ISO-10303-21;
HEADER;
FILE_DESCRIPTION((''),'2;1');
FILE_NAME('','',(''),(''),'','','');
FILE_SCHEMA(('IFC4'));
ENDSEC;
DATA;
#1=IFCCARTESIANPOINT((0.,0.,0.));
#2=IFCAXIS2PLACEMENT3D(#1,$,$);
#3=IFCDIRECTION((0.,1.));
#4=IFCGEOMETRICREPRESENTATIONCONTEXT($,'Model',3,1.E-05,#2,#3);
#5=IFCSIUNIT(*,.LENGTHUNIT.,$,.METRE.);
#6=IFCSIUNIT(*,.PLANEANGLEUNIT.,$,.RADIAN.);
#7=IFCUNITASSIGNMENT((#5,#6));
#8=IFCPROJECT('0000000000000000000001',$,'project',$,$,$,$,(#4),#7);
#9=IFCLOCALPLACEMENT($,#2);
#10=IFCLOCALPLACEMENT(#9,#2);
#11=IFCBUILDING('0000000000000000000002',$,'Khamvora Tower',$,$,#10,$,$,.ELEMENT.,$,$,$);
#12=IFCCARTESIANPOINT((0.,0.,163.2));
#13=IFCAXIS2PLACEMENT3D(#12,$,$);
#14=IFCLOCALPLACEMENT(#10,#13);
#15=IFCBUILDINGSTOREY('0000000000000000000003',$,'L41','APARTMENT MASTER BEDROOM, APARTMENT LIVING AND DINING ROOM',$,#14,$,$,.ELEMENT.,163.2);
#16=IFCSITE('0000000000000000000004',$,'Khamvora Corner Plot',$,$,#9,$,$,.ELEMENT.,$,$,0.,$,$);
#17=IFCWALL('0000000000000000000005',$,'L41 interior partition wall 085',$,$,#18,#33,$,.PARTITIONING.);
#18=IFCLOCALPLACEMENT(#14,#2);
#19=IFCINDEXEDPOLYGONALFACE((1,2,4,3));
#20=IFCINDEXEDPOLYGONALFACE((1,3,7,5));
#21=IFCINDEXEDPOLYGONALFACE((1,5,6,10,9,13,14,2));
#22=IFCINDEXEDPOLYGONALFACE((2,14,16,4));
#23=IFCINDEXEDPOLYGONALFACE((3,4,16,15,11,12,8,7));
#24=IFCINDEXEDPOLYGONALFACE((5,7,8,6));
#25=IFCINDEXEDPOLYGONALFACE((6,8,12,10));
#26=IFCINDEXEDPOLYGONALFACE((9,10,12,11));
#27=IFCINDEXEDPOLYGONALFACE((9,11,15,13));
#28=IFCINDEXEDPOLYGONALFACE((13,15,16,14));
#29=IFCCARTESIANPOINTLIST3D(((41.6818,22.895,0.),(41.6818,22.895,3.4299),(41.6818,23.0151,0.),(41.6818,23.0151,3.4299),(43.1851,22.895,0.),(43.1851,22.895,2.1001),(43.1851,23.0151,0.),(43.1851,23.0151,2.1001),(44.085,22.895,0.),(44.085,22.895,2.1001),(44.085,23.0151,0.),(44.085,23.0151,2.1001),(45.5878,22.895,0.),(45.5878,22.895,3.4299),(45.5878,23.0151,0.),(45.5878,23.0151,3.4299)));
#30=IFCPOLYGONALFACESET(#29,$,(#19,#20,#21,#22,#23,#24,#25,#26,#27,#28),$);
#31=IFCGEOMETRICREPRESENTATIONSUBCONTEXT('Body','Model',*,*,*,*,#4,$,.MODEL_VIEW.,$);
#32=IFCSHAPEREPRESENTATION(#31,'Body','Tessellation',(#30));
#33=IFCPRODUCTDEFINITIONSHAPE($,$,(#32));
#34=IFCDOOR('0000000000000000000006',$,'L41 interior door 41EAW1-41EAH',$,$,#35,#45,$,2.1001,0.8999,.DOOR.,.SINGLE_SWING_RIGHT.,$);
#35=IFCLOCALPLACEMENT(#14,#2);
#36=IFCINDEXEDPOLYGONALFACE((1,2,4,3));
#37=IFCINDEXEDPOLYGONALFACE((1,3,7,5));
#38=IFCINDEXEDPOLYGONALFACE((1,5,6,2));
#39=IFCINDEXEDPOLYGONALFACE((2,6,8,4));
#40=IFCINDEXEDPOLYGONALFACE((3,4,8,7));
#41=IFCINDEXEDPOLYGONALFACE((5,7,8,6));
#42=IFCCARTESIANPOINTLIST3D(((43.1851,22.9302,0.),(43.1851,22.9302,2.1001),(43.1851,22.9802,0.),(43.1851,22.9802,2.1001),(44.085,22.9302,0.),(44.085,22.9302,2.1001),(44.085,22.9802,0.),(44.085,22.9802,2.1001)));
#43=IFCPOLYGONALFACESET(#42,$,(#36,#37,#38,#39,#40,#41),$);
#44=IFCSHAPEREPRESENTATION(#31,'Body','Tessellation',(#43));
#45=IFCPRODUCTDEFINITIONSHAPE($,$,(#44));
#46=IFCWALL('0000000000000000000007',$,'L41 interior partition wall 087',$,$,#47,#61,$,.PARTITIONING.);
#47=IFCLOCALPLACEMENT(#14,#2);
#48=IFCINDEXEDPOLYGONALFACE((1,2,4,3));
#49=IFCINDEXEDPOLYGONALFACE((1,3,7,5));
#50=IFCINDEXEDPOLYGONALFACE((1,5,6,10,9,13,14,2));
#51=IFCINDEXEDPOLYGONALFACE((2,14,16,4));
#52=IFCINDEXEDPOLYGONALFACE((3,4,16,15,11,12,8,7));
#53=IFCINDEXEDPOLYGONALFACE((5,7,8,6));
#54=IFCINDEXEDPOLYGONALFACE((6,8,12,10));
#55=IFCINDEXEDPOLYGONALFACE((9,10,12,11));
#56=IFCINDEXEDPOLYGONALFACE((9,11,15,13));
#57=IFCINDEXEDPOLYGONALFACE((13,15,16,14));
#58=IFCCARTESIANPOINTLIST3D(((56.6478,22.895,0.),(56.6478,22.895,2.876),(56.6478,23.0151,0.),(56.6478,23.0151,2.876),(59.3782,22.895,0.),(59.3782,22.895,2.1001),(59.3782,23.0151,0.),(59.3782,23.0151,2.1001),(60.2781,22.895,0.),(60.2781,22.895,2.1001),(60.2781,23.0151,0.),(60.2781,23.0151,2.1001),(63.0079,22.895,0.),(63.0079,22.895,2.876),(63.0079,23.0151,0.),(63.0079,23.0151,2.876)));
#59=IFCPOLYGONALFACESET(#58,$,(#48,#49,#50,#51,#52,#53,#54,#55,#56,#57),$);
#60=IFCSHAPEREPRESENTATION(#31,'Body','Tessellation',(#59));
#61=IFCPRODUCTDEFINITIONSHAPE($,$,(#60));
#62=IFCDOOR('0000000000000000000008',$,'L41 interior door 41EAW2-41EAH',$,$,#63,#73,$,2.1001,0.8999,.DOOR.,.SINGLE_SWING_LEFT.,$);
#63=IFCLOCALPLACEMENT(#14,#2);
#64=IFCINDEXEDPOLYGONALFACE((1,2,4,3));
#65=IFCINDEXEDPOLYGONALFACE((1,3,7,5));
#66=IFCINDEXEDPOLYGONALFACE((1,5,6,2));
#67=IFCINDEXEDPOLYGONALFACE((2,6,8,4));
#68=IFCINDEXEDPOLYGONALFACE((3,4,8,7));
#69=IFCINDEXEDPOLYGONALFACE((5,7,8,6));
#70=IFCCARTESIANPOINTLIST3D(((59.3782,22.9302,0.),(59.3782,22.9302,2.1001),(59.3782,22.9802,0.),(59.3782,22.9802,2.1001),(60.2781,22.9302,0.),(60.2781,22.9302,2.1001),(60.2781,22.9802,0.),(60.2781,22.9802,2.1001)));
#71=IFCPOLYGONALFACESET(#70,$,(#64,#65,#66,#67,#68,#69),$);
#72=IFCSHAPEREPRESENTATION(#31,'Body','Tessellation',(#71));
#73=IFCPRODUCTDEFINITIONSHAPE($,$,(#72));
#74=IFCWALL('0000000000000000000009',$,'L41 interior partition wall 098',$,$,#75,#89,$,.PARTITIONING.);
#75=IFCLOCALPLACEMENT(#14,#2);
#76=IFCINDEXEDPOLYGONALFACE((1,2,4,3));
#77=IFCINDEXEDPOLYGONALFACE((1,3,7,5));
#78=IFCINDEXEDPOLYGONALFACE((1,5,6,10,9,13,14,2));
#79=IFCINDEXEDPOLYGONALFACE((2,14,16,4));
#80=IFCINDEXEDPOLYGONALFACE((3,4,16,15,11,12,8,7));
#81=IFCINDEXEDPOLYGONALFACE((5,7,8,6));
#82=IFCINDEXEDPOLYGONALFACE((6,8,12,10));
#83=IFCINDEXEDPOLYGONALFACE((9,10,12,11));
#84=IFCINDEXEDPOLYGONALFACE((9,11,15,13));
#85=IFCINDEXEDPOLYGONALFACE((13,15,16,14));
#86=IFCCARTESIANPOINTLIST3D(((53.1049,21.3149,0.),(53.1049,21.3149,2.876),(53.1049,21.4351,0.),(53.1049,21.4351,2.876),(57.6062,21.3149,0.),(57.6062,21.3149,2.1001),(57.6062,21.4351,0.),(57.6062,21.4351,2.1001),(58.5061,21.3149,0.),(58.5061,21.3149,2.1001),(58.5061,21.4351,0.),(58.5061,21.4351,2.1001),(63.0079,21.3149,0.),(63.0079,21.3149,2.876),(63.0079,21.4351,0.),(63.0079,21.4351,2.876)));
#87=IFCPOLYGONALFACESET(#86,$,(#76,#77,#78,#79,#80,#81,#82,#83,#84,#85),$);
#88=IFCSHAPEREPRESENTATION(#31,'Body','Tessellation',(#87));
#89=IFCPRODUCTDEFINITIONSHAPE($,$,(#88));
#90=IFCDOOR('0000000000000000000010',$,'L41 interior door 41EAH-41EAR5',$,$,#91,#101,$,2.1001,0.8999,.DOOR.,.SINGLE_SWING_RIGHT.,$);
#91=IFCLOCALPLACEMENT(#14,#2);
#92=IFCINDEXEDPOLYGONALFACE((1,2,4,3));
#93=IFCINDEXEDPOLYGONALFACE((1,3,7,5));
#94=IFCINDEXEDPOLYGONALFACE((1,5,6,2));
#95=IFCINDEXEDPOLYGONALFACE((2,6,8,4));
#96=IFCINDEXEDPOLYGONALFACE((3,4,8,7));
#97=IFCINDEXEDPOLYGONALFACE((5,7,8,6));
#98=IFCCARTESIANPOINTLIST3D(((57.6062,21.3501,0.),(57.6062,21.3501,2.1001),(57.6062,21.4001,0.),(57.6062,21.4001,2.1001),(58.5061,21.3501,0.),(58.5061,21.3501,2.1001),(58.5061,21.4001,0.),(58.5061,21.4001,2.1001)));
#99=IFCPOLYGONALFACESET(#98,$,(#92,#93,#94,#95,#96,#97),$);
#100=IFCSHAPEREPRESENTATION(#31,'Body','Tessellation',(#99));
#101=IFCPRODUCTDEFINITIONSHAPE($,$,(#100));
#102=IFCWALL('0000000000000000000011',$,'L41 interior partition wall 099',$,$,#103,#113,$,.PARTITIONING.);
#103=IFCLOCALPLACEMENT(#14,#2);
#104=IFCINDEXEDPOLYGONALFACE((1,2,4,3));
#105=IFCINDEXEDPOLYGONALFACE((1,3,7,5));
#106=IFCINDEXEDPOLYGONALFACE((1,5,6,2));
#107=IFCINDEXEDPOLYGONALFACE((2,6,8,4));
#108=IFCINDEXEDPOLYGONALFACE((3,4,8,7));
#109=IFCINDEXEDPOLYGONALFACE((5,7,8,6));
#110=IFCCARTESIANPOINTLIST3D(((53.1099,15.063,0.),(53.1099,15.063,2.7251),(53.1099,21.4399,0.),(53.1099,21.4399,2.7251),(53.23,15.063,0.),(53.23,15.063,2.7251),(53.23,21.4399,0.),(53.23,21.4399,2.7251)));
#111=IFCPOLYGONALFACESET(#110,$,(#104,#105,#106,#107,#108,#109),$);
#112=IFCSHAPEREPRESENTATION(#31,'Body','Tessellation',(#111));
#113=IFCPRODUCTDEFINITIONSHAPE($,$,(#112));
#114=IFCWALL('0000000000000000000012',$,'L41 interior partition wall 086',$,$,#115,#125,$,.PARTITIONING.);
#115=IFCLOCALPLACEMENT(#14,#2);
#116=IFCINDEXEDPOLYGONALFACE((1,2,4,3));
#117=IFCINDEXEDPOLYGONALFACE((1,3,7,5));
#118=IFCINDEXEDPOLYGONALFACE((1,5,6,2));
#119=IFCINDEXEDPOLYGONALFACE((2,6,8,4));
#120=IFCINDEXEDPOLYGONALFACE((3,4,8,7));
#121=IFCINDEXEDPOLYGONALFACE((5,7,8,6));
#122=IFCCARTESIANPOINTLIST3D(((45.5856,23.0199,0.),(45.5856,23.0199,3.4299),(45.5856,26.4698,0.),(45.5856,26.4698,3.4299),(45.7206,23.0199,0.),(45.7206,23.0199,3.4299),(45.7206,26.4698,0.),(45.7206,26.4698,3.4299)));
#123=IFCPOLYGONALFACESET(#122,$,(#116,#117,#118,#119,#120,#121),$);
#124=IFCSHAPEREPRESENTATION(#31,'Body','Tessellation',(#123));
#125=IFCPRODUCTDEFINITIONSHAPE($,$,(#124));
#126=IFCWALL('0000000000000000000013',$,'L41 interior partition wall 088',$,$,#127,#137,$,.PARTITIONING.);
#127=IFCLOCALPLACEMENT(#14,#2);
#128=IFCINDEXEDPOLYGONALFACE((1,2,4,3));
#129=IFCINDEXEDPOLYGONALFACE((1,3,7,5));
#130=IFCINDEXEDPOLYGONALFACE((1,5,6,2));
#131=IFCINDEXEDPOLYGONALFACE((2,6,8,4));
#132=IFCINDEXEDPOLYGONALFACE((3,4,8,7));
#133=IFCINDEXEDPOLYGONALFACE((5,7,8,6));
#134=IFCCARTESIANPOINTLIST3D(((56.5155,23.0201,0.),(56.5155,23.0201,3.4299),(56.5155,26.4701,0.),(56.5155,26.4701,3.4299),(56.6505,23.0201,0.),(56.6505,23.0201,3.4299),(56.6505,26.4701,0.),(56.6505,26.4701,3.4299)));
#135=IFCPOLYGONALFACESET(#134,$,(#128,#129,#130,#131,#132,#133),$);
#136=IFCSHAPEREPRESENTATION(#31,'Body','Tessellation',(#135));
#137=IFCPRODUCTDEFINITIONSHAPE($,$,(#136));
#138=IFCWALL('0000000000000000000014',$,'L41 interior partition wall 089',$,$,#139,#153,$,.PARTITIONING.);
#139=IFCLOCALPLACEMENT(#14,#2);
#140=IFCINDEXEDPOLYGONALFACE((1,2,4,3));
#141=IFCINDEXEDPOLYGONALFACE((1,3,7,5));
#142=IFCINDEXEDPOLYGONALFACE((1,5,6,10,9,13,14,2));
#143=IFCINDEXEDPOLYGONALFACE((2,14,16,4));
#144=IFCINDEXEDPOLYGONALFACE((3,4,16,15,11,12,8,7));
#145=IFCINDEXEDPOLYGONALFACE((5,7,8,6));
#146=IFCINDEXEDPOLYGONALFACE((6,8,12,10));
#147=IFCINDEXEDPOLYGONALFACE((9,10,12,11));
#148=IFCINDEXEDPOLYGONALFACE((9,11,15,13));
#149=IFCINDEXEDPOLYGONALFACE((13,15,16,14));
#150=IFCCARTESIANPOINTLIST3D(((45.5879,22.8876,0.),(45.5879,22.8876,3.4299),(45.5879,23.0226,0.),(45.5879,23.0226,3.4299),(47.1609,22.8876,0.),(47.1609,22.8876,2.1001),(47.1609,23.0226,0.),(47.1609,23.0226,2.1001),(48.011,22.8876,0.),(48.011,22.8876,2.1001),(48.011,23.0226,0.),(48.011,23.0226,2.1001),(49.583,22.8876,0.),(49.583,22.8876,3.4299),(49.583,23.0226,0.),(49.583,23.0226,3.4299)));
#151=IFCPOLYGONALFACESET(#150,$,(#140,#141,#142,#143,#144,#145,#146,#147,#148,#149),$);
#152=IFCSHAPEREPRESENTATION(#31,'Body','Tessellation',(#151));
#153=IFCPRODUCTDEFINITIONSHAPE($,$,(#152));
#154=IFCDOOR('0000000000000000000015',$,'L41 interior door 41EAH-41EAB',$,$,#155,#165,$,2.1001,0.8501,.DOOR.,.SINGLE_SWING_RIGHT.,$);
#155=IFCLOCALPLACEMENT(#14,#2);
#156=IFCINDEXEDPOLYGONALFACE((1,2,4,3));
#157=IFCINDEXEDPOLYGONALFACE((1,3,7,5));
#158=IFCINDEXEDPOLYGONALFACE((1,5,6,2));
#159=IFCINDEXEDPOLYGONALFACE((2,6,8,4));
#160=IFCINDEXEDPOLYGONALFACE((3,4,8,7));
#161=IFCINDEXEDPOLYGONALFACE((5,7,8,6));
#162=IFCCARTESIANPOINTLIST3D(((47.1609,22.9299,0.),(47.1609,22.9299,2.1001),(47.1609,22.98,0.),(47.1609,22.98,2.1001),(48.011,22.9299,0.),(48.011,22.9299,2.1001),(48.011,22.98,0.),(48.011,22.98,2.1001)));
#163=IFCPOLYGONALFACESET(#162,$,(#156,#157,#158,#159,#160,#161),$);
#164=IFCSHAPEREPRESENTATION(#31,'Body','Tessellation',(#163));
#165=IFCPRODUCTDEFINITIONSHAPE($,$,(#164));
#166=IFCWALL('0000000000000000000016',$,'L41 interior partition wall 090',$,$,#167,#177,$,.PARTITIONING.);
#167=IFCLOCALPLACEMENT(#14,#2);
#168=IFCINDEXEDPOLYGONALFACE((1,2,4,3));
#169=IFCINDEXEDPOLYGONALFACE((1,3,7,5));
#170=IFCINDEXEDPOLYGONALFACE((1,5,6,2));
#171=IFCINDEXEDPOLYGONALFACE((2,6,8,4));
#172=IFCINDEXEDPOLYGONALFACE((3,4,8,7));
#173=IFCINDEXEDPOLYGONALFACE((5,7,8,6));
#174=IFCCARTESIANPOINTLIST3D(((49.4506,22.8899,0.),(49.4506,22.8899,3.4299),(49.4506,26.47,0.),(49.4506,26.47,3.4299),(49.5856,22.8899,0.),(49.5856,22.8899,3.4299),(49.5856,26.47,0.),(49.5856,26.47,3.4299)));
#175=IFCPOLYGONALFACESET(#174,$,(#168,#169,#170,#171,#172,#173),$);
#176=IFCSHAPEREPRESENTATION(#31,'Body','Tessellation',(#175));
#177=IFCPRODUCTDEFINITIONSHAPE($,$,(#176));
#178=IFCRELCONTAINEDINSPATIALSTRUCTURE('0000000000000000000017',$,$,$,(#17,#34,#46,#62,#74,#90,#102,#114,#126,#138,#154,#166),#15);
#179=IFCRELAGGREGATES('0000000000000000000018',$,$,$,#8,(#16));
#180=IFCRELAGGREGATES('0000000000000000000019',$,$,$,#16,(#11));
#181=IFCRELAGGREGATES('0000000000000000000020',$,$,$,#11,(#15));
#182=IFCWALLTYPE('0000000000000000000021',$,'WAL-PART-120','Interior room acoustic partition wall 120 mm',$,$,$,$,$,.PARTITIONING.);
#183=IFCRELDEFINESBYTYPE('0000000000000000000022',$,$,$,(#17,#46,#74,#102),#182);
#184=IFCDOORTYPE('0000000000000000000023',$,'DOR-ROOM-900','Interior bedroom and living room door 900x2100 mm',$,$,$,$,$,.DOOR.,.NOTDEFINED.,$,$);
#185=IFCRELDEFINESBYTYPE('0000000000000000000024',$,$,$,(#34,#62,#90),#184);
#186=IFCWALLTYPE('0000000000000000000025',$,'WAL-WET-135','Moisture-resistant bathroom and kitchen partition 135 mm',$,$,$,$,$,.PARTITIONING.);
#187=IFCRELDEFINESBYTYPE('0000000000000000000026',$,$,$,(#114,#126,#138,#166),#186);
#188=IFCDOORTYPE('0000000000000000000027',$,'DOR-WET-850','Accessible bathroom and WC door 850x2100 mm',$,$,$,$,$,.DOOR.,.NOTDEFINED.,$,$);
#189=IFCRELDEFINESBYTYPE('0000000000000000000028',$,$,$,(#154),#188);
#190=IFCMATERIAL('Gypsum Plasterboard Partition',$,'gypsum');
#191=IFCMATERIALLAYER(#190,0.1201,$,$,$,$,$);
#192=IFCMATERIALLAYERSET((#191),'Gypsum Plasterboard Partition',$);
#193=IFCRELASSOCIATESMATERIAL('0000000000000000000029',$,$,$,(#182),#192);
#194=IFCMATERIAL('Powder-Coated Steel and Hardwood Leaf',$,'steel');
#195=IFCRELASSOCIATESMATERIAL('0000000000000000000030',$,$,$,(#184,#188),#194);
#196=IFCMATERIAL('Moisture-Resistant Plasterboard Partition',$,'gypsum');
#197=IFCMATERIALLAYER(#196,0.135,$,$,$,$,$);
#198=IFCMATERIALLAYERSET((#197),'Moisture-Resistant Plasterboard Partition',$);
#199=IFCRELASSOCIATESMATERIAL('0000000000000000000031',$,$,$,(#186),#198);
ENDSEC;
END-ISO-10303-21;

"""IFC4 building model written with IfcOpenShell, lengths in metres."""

from ifc_helpers import new_model, si_unit, direction, frame, frame_2d, origin, place, context, subcontext, project, spatial, rectangle, extrude, material, layer, layer_set, type_object, element, fill, save


model = new_model("IFC4")

# Units and contexts
model_context = context("Model", 3, precision=1e-05, world=origin(), true_north=direction((0.0, 1.0)))
body_context = subcontext(model_context, "Body", "Model", "MODEL_VIEW")
ifc_project = project(units=[si_unit("LENGTHUNIT", "METRE"), si_unit("PLANEANGLEUNIT", "RADIAN")], contexts=[model_context])

# Site, building, storey
site_placement = place(None, origin())
site = spatial("IfcSite", under=ifc_project, at=site_placement, Name="Khamvora Corner Plot", CompositionType="ELEMENT", RefElevation=0.0)
building_placement = place(site_placement, origin())
building = spatial("IfcBuilding", under=site, at=building_placement, Name="Khamvora Tower", CompositionType="ELEMENT")
storey_placement = place(building_placement, frame((0.0, 0.0, 163.2)))
storey = spatial("IfcBuildingStorey", under=building, at=storey_placement, Name="L41", Description="APARTMENT MASTER BEDROOM, APARTMENT LIVING AND DINING ROOM", CompositionType="ELEMENT", Elevation=163.2)

# Shared definitions
ifc_material_1 = material(Name="Powder-Coated Steel and Hardwood Leaf", Category="steel")

# Walls, openings, doors
ifc_material_2 = material(Name="Gypsum Plasterboard Partition", Category="gypsum")
ifc_layer_1 = layer(ifc_material_2, 0.1201)
ifc_layer_set_1 = layer_set([ifc_layer_1], Name="Gypsum Plasterboard Partition")
wall_type_1 = type_object("IfcWallType", Name="WAL-PART-120", Description="Interior room acoustic partition wall 120 mm", PredefinedType="PARTITIONING", material=ifc_layer_set_1)
wall_1_placement = place(storey_placement, frame((45.5879, 22.9551, 0.0), z_axis=(0.0, 0.0, 1.0), x_axis=(-1.0, 0.0, 0.0)))
wall_1 = element("IfcWall", 1, at=wall_1_placement, inside=storey, type_object=wall_type_1, Name="L41 interior partition wall 085", PredefinedType="PARTITIONING", context=body_context, shape_type="SweptSolid", body=[
    extrude(rectangle(XDim=3.906, YDim=0.1201, at=frame_2d((1.9531, 0.0))), origin(), (0.0, 0.0, 1.0), 3.4299),
])
opening_1_placement = place(wall_1_placement, frame((1.5029, 0.0, 0.0)))
opening_1 = element("IfcOpeningElement", 2, at=opening_1_placement, cuts=wall_1, PredefinedType="OPENING", context=body_context, shape_type="SweptSolid", body=[
    extrude(rectangle(XDim=0.8999, YDim=2.1001, at=frame_2d((0.45, 1.05))), frame((0.0, 0.0701, 0.0), z_axis=(0.0, -1.0, 0.0), x_axis=(1.0, 0.0, 0.0)), (0.0, 0.0, 1.0), 0.1401),
])
door_type_1 = type_object("IfcDoorType", Name="DOR-ROOM-900", Description="Interior bedroom and living room door 900x2100 mm", OperationType="NOTDEFINED", PredefinedType="DOOR", material=ifc_material_1)
door_1_placement = place(opening_1_placement, origin())
door_1 = element("IfcDoor", 3, at=door_1_placement, inside=storey, type_object=door_type_1, Name="L41 interior door 41EAW1-41EAH", OperationType="SINGLE_SWING_RIGHT", OverallHeight=2.1001, OverallWidth=0.8999, PredefinedType="DOOR", context=body_context, shape_type="SweptSolid", body=[
    extrude(rectangle(XDim=0.8999, YDim=2.1001, at=frame_2d((0.45, 1.05))), frame((0.0, 0.0249, 0.0), z_axis=(0.0, -1.0, 0.0), x_axis=(1.0, 0.0, 0.0)), (0.0, 0.0, 1.0), 0.05),
])
fill(opening_1, door_1)
wall_2_placement = place(storey_placement, frame((63.0081, 22.9551, 0.0), z_axis=(0.0, 0.0, 1.0), x_axis=(-1.0, 0.0, 0.0)))
wall_2 = element("IfcWall", 4, at=wall_2_placement, inside=storey, type_object=wall_type_1, Name="L41 interior partition wall 087", PredefinedType="PARTITIONING", context=body_context, shape_type="SweptSolid", body=[
    extrude(rectangle(XDim=6.3601, YDim=0.1201, at=frame_2d((3.1802, 0.0))), origin(), (0.0, 0.0, 1.0), 2.876),
])
opening_2_placement = place(wall_2_placement, frame((2.73, 0.0, 0.0)))
opening_2 = element("IfcOpeningElement", 5, at=opening_2_placement, cuts=wall_2, PredefinedType="OPENING", context=body_context, shape_type="SweptSolid", body=[
    extrude(rectangle(XDim=0.8999, YDim=2.1001, at=frame_2d((0.45, 1.05))), frame((0.0, 0.0701, 0.0), z_axis=(0.0, -1.0, 0.0), x_axis=(1.0, 0.0, 0.0)), (0.0, 0.0, 1.0), 0.1401),
])
door_2_placement = place(opening_2_placement, origin())
door_2 = element("IfcDoor", 6, at=door_2_placement, inside=storey, type_object=door_type_1, Name="L41 interior door 41EAW2-41EAH", OperationType="SINGLE_SWING_LEFT", OverallHeight=2.1001, OverallWidth=0.8999, PredefinedType="DOOR", context=body_context, shape_type="SweptSolid", body=[
    extrude(rectangle(XDim=0.8999, YDim=2.1001, at=frame_2d((0.45, 1.05))), frame((0.0, 0.0249, 0.0), z_axis=(0.0, -1.0, 0.0), x_axis=(1.0, 0.0, 0.0)), (0.0, 0.0, 1.0), 0.05),
])
fill(opening_2, door_2)
wall_3_placement = place(storey_placement, frame((63.0081, 21.375, 0.0), z_axis=(0.0, 0.0, 1.0), x_axis=(-1.0, 0.0, 0.0)))
wall_3 = element("IfcWall", 7, at=wall_3_placement, inside=storey, type_object=wall_type_1, Name="L41 interior partition wall 098", PredefinedType="PARTITIONING", context=body_context, shape_type="SweptSolid", body=[
    extrude(rectangle(XDim=9.9031, YDim=0.1201, at=frame_2d((4.9517, 0.0))), origin(), (0.0, 0.0, 1.0), 2.876),
])
opening_3_placement = place(wall_3_placement, frame((4.502, 0.0, 0.0)))
opening_3 = element("IfcOpeningElement", 8, at=opening_3_placement, cuts=wall_3, PredefinedType="OPENING", context=body_context, shape_type="SweptSolid", body=[
    extrude(rectangle(XDim=0.8999, YDim=2.1001, at=frame_2d((0.45, 1.05))), frame((0.0, 0.0701, 0.0), z_axis=(0.0, -1.0, 0.0), x_axis=(1.0, 0.0, 0.0)), (0.0, 0.0, 1.0), 0.1401),
])
door_3_placement = place(opening_3_placement, origin())
door_3 = element("IfcDoor", 9, at=door_3_placement, inside=storey, type_object=door_type_1, Name="L41 interior door 41EAH-41EAR5", OperationType="SINGLE_SWING_RIGHT", OverallHeight=2.1001, OverallWidth=0.8999, PredefinedType="DOOR", context=body_context, shape_type="SweptSolid", body=[
    extrude(rectangle(XDim=0.8999, YDim=2.1001, at=frame_2d((0.45, 1.05))), frame((0.0, 0.0249, 0.0), z_axis=(0.0, -1.0, 0.0), x_axis=(1.0, 0.0, 0.0)), (0.0, 0.0, 1.0), 0.05),
])
fill(opening_3, door_3)

# Walls
wall_4_placement = place(storey_placement, frame((53.1699, 21.4399, 0.0), z_axis=(0.0, 0.0, 1.0), x_axis=(0.0, -1.0, 0.0)))
element("IfcWall", 10, at=wall_4_placement, inside=storey, type_object=wall_type_1, Name="L41 interior partition wall 099", PredefinedType="PARTITIONING", context=body_context, shape_type="SweptSolid", body=[
    extrude(rectangle(XDim=6.377, YDim=0.1201, at=frame_2d((3.1885, 0.0))), origin(), (0.0, 0.0, 1.0), 2.7251),
])
ifc_material_3 = material(Name="Moisture-Resistant Plasterboard Partition", Category="gypsum")
ifc_layer_2 = layer(ifc_material_3, 0.135)
ifc_layer_set_2 = layer_set([ifc_layer_2], Name="Moisture-Resistant Plasterboard Partition")
wall_type_2 = type_object("IfcWallType", Name="WAL-WET-135", Description="Moisture-resistant bathroom and kitchen partition 135 mm", PredefinedType="PARTITIONING", material=ifc_layer_set_2)
for number, where, z_axis, x_axis, name in (
    (11, (45.6531, 26.47, 0.0), (0.0, 0.0, 1.0), (0.0, -1.0, 0.0), "L41 interior partition wall 086"),
    (12, (56.583, 23.02, 0.0), (0.0, 0.0, 1.0), (0.0, 1.0, 0.0), "L41 interior partition wall 088"),
):
    element("IfcWall", number, at=place(storey_placement, frame(where, z_axis=z_axis, x_axis=x_axis)), inside=storey, type_object=wall_type_2, Name=name, PredefinedType="PARTITIONING", context=body_context, shape_type="SweptSolid", body=[
        extrude(rectangle(XDim=3.45, YDim=0.135, at=frame_2d((1.7251, 0.0))), origin(), (0.0, 0.0, 1.0), 3.4299),
    ])

# Wall, opening, door
wall_5_placement = place(storey_placement, frame((45.5879, 22.9551, 0.0), z_axis=(0.0, 0.0, 1.0), x_axis=(1.0, 0.0, 0.0)))
wall_5 = element("IfcWall", 13, at=wall_5_placement, inside=storey, type_object=wall_type_2, Name="L41 interior partition wall 089", PredefinedType="PARTITIONING", context=body_context, shape_type="SweptSolid", body=[
    extrude(rectangle(XDim=3.9951, YDim=0.135, at=frame_2d((1.9976, 0.0))), origin(), (0.0, 0.0, 1.0), 3.4299),
])
opening_4_placement = place(wall_5_placement, frame((1.573, 0.0, 0.0)))
opening_4 = element("IfcOpeningElement", 14, at=opening_4_placement, cuts=wall_5, PredefinedType="OPENING", context=body_context, shape_type="SweptSolid", body=[
    extrude(rectangle(XDim=0.8501, YDim=2.1001, at=frame_2d((0.425, 1.05))), frame((0.0, 0.0774, 0.0), z_axis=(0.0, -1.0, 0.0), x_axis=(1.0, 0.0, 0.0)), (0.0, 0.0, 1.0), 0.155),
])
door_type_2 = type_object("IfcDoorType", Name="DOR-WET-850", Description="Accessible bathroom and WC door 850x2100 mm", OperationType="NOTDEFINED", PredefinedType="DOOR", material=ifc_material_1)
door_4_placement = place(opening_4_placement, origin())
door_4 = element("IfcDoor", 15, at=door_4_placement, inside=storey, type_object=door_type_2, Name="L41 interior door 41EAH-41EAB", OperationType="SINGLE_SWING_RIGHT", OverallHeight=2.1001, OverallWidth=0.8501, PredefinedType="DOOR", context=body_context, shape_type="SweptSolid", body=[
    extrude(rectangle(XDim=0.8501, YDim=2.1001, at=frame_2d((0.425, 1.05))), frame((0.0, 0.0249, 0.0), z_axis=(0.0, -1.0, 0.0), x_axis=(1.0, 0.0, 0.0)), (0.0, 0.0, 1.0), 0.05),
])
fill(opening_4, door_4)

# Wall
for number, where, z_axis, x_axis, name in (
    (16, (49.5181, 22.8899, 0.0), (0.0, 0.0, 1.0), (0.0, 1.0, 0.0), "L41 interior partition wall 090"),
):
    element("IfcWall", number, at=place(storey_placement, frame(where, z_axis=z_axis, x_axis=x_axis)), inside=storey, type_object=wall_type_2, Name=name, PredefinedType="PARTITIONING", context=body_context, shape_type="SweptSolid", body=[
        extrude(rectangle(XDim=3.5801, YDim=0.135, at=frame_2d((1.79, 0.0))), origin(), (0.0, 0.0, 1.0), 3.4299),
    ])

save(model, "model.ifc")
